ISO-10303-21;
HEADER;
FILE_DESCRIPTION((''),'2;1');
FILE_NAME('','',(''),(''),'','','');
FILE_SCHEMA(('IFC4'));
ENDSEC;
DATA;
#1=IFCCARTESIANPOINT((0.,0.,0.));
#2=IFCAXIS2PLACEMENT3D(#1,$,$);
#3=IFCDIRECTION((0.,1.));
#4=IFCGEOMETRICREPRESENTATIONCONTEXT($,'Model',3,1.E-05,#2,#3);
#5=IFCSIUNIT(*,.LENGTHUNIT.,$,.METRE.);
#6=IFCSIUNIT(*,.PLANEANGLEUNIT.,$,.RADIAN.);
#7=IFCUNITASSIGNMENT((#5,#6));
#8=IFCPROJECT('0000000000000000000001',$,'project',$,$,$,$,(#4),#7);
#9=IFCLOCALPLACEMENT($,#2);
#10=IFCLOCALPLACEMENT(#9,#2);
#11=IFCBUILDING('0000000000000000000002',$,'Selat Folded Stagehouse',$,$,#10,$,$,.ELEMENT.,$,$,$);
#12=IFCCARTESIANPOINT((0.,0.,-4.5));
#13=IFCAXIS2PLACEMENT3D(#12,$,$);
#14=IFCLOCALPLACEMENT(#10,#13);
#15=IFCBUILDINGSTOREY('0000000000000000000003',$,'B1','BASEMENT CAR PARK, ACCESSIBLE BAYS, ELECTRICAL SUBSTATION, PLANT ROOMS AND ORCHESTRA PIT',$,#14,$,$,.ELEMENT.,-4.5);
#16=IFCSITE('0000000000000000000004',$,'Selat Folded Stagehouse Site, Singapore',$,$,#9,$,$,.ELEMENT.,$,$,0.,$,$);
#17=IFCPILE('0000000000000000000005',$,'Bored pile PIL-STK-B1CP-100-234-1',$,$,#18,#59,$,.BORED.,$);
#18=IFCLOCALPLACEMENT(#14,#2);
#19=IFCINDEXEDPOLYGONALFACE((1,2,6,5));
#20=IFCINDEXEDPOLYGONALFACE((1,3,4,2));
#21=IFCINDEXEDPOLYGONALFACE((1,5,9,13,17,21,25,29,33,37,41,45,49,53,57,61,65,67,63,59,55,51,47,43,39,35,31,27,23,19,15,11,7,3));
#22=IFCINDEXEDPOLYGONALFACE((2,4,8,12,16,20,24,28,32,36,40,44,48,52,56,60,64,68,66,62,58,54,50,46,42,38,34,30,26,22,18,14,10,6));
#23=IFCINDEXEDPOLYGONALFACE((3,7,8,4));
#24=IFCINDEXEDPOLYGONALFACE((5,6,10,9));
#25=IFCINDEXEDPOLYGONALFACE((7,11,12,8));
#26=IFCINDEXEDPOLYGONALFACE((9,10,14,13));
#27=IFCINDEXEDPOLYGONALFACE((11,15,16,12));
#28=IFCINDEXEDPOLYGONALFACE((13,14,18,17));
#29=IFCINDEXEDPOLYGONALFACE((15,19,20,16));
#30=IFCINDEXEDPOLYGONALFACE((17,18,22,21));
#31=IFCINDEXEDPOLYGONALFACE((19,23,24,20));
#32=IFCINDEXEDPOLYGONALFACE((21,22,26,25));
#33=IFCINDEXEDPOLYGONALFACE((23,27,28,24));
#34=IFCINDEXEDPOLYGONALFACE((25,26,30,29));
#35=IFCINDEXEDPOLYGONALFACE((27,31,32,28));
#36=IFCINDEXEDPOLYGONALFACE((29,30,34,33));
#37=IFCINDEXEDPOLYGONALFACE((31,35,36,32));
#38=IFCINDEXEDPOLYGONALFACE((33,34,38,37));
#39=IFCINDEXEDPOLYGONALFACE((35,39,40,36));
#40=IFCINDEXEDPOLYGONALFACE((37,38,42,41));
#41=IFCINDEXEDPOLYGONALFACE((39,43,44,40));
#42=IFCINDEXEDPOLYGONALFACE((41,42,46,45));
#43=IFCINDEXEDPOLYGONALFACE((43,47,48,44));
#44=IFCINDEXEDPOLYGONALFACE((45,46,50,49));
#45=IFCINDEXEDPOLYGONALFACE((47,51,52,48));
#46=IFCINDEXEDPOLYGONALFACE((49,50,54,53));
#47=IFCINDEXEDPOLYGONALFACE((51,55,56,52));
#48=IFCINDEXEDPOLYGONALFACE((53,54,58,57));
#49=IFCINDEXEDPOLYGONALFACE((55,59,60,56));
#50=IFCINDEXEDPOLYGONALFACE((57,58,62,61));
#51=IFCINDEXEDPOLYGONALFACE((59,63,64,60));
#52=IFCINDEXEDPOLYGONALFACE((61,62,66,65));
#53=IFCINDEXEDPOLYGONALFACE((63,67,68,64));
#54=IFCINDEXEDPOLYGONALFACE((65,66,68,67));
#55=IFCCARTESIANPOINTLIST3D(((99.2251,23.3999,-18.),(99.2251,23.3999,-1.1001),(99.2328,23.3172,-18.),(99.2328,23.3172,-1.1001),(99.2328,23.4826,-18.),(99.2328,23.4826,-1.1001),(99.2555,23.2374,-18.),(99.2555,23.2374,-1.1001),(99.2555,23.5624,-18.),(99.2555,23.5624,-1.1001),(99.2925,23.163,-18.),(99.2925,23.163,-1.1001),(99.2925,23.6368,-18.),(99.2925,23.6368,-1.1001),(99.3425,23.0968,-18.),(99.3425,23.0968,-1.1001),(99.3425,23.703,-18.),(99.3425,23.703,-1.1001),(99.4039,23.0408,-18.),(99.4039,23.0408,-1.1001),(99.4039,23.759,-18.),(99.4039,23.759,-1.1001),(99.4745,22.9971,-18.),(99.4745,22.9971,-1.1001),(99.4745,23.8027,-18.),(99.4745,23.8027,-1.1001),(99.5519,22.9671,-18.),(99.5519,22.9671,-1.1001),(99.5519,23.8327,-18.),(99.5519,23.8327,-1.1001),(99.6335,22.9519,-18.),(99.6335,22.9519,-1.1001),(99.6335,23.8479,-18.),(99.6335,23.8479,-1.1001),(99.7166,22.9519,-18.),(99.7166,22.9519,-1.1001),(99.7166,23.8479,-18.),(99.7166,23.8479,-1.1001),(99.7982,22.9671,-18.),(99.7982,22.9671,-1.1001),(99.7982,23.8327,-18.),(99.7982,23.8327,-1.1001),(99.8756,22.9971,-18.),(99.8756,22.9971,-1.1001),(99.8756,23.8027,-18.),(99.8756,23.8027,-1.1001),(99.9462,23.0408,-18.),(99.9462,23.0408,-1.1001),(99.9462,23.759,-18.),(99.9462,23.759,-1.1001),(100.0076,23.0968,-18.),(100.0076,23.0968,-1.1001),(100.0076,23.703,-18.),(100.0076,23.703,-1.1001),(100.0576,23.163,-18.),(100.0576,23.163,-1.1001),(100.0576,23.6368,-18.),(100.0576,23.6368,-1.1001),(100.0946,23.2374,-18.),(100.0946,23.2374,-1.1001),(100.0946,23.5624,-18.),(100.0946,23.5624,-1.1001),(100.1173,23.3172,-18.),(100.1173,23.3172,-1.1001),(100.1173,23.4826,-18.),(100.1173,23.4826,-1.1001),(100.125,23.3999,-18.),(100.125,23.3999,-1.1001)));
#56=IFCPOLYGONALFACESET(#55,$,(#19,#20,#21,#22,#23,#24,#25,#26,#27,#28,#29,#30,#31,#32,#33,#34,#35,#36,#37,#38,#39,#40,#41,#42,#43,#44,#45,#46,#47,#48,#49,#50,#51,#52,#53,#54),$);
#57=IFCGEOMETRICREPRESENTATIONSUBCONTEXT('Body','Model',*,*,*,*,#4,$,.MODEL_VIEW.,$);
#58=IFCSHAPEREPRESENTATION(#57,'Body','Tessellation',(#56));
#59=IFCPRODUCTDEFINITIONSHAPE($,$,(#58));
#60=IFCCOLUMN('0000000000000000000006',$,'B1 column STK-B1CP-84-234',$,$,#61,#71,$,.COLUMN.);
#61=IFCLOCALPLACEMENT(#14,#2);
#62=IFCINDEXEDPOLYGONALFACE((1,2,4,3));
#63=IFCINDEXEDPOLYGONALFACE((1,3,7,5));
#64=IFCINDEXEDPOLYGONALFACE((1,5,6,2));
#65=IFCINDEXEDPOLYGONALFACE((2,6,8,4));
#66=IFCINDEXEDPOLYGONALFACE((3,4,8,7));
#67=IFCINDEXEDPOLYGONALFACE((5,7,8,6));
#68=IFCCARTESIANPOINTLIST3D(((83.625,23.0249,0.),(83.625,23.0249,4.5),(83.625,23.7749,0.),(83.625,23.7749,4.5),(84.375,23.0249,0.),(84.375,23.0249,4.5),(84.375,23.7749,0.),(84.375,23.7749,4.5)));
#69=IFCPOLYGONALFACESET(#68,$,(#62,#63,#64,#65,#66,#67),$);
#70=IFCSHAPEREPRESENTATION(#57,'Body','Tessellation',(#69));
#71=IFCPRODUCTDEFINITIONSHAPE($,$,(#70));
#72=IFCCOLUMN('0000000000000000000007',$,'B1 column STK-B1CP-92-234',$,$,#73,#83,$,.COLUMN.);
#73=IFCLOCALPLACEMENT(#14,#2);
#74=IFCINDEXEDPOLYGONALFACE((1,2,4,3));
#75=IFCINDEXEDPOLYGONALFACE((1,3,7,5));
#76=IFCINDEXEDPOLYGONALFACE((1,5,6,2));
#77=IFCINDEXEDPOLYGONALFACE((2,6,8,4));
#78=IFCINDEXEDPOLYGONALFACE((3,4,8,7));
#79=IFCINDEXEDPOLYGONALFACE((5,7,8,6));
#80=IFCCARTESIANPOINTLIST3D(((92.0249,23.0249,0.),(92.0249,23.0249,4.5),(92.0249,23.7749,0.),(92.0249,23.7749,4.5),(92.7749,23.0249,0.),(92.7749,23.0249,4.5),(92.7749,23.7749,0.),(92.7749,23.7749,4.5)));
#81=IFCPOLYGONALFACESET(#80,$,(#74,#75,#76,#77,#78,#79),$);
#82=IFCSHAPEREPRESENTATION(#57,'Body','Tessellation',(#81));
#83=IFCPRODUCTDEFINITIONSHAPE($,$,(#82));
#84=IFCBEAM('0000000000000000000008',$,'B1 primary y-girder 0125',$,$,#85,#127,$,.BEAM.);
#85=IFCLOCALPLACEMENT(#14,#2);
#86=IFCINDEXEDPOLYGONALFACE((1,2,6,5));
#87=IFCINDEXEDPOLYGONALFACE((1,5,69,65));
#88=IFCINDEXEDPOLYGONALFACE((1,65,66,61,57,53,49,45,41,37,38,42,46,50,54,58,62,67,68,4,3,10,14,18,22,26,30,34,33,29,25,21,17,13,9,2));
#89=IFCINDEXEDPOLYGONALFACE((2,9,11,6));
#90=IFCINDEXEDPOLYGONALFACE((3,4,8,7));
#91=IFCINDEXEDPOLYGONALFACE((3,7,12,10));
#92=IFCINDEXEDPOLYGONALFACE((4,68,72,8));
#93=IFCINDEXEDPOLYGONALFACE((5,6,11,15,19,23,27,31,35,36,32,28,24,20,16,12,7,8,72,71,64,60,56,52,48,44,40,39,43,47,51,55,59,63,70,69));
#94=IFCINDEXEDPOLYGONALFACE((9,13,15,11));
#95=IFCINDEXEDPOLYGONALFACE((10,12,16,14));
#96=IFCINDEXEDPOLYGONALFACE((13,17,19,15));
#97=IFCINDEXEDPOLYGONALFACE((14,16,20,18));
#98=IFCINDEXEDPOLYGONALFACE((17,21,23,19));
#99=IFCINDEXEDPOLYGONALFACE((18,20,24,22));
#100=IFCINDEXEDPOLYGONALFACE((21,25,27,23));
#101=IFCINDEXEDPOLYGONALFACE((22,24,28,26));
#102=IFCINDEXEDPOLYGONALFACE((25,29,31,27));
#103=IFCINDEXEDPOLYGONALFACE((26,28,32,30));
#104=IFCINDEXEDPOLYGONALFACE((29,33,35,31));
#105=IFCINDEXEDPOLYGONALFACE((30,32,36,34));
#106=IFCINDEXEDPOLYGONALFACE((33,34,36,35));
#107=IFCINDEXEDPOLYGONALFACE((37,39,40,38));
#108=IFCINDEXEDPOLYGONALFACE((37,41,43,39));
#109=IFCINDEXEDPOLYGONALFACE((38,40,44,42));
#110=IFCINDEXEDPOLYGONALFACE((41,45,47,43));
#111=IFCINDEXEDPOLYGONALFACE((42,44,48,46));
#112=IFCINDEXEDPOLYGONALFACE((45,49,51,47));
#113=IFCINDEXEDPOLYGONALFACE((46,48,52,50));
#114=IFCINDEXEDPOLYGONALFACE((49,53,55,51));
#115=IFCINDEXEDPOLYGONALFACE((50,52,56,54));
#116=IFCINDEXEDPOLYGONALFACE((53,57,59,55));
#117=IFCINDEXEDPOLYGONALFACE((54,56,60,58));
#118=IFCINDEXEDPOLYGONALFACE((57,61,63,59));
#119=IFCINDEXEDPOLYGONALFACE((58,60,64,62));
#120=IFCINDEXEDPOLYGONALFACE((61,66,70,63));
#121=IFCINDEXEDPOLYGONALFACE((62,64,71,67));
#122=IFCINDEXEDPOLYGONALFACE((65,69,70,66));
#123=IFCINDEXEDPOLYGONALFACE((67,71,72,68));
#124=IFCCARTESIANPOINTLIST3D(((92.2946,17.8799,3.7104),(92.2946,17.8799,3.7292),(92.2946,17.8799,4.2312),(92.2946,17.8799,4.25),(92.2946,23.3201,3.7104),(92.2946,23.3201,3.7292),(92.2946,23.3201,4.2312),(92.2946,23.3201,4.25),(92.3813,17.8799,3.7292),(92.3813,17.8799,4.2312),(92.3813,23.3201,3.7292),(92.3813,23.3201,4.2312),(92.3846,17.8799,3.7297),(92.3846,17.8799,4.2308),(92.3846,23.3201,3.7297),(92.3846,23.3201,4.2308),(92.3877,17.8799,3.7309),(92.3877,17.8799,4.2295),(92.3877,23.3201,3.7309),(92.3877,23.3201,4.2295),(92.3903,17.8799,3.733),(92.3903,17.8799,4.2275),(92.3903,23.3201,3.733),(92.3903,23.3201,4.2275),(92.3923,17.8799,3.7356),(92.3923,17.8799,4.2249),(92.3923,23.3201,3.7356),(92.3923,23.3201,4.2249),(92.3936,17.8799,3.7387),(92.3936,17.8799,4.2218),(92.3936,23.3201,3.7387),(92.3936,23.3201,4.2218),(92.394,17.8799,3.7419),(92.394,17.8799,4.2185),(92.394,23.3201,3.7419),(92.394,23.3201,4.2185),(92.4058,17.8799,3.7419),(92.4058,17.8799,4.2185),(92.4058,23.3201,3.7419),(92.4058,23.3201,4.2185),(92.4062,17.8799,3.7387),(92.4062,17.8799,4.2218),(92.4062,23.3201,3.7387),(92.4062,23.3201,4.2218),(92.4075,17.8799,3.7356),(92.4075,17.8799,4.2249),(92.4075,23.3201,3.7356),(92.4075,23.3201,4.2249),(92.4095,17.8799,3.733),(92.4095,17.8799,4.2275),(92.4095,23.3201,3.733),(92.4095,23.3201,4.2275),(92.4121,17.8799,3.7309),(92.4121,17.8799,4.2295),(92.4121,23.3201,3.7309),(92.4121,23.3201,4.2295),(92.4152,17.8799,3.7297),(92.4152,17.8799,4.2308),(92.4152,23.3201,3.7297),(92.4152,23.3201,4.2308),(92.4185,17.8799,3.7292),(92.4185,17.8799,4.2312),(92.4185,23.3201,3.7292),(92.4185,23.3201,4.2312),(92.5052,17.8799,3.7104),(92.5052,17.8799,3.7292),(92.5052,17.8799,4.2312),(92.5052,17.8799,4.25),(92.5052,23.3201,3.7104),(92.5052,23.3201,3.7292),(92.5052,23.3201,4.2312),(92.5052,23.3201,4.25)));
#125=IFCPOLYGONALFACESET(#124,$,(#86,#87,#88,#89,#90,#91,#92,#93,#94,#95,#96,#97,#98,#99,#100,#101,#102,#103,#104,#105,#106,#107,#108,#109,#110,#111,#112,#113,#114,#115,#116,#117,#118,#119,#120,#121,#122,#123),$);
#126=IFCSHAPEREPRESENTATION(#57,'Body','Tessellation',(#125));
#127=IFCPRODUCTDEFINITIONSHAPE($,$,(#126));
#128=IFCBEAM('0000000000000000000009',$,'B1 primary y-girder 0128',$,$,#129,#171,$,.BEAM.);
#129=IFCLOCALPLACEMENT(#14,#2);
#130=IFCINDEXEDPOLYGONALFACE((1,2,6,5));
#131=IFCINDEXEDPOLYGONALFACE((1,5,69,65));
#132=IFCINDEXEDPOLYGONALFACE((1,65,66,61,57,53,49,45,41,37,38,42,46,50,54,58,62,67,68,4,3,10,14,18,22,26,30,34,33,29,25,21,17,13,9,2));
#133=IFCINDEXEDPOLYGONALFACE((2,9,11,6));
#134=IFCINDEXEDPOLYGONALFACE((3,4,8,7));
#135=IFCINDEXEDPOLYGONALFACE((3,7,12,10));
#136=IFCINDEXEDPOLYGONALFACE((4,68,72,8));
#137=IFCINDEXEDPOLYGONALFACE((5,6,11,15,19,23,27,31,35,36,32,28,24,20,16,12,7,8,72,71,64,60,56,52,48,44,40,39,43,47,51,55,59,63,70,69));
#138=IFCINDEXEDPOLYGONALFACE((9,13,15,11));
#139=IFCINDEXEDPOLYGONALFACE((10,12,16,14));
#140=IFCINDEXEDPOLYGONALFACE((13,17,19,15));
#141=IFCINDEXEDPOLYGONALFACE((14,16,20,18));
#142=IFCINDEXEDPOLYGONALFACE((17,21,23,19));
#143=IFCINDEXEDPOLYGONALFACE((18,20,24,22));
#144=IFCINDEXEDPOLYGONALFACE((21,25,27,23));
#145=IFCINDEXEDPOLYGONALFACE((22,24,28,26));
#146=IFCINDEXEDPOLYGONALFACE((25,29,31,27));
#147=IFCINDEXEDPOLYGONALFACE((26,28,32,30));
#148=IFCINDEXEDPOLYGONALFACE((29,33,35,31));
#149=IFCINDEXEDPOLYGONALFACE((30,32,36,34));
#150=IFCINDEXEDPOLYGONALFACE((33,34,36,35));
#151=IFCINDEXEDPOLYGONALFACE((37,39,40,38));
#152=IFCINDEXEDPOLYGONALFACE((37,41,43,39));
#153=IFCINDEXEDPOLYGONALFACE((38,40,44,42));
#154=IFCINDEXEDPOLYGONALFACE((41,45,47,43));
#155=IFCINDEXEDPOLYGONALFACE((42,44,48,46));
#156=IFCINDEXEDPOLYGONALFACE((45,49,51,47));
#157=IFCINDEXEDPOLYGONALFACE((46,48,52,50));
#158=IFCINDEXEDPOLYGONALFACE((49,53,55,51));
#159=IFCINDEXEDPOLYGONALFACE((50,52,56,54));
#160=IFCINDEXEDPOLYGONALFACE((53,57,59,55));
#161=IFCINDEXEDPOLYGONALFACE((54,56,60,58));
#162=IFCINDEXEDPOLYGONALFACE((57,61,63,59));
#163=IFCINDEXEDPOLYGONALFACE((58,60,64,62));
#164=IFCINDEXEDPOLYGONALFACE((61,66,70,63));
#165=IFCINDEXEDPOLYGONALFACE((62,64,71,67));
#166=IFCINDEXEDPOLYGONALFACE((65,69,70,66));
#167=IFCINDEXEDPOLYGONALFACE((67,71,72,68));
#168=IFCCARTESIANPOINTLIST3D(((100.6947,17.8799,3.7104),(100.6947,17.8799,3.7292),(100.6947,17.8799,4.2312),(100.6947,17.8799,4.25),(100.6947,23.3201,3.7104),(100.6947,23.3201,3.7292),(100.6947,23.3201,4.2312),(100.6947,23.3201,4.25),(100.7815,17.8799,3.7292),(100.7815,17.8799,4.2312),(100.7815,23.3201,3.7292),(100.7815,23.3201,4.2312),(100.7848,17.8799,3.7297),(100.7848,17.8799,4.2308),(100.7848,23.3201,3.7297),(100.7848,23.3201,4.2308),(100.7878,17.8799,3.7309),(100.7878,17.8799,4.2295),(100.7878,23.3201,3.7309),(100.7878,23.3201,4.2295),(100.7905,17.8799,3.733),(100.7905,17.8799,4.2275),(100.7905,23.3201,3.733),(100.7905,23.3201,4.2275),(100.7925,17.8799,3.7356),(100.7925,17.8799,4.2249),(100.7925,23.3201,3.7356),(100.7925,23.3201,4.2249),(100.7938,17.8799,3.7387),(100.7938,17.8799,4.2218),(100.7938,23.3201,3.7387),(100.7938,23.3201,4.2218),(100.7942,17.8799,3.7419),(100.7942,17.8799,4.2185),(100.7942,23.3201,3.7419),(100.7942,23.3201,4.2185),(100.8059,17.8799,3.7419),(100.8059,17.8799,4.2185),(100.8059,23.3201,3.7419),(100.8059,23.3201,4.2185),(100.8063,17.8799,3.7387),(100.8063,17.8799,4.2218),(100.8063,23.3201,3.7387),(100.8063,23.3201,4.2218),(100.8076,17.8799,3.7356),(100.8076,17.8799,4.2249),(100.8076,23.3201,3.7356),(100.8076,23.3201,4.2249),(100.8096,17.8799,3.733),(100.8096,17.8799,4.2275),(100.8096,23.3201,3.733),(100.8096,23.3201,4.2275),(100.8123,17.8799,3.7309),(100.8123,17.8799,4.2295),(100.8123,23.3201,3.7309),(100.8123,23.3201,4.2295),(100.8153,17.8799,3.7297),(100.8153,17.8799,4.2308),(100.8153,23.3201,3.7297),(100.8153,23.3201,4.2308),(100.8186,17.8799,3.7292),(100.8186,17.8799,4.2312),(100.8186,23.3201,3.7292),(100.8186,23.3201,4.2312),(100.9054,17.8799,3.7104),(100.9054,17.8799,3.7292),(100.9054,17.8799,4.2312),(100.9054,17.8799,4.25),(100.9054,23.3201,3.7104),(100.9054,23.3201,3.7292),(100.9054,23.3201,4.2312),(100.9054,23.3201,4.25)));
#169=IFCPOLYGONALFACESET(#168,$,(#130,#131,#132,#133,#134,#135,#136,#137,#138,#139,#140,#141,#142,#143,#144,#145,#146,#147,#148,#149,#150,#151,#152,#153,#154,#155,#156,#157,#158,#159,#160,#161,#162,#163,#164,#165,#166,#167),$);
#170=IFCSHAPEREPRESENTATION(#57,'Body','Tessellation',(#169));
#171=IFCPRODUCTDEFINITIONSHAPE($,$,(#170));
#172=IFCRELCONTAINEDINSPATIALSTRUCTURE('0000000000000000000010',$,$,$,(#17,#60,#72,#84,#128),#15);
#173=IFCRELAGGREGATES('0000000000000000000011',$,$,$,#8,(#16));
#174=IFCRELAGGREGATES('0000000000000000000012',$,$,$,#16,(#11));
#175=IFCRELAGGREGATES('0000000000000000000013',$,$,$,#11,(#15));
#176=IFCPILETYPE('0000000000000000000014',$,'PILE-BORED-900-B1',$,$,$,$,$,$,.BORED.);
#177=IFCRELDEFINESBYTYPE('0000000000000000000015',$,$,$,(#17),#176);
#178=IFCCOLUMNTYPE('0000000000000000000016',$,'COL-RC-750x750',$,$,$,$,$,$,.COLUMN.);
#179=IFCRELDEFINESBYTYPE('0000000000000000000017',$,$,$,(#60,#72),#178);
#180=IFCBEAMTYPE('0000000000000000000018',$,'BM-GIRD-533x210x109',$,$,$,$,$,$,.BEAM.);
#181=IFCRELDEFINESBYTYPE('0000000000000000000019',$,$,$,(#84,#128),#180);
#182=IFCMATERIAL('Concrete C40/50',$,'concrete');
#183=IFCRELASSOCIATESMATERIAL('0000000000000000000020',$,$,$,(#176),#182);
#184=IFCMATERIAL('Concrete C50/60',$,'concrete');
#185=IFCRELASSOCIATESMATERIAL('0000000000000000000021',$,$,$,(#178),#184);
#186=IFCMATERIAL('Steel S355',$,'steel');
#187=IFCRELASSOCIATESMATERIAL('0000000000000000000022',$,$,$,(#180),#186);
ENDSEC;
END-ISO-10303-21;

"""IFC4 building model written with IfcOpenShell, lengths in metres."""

from ifc_helpers import new_model, si_unit, direction, frame, origin, origin_2d, place, context, subcontext, project, spatial, rectangle, circle, i_section, extrude, material, material_profile, profile_set, type_object, element, save


model = new_model("IFC4")

# Units and contexts
model_context = context("Model", 3, precision=1e-05, world=origin(), true_north=direction((0.0, 1.0)))
body_context = subcontext(model_context, "Body", "Model", "MODEL_VIEW")
ifc_project = project(units=[si_unit("LENGTHUNIT", "METRE"), si_unit("PLANEANGLEUNIT", "RADIAN")], contexts=[model_context])

# Site, building, storey
site_placement = place(None, origin())
site = spatial("IfcSite", under=ifc_project, at=site_placement, Name="Selat Folded Stagehouse Site, Singapore", CompositionType="ELEMENT", RefElevation=0.0)
building_placement = place(site_placement, origin())
building = spatial("IfcBuilding", under=site, at=building_placement, Name="Selat Folded Stagehouse", CompositionType="ELEMENT")
storey_placement = place(building_placement, frame((0.0, 0.0, -4.5)))
storey = spatial("IfcBuildingStorey", under=building, at=storey_placement, Name="B1", Description="BASEMENT CAR PARK, ACCESSIBLE BAYS, ELECTRICAL SUBSTATION, PLANT ROOMS AND ORCHESTRA PIT", CompositionType="ELEMENT", Elevation=-4.5)

# Shared definitions
ifc_material_1 = material(Name="Concrete C40/50", Category="concrete")

# Pile
ifc_material_profile_1 = material_profile(ifc_material_1, circle(Radius=0.45, at=origin_2d()), Name="PILE D900")
ifc_profile_set_1 = profile_set([ifc_material_profile_1], Name="Concrete C40/50")
pile_type = type_object("IfcPileType", Name="PILE-BORED-900-B1", PredefinedType="BORED", material=ifc_profile_set_1)
for number, where, z_axis, x_axis, name in (
    (1, (99.675, 23.3999, -1.1001), (0.0, 0.0, -1.0), (1.0, 0.0, 0.0), "Bored pile PIL-STK-B1CP-100-234-1"),
):
    element("IfcPile", number, at=place(storey_placement, frame(where, z_axis=z_axis, x_axis=x_axis)), inside=storey, type_object=pile_type, Name=name, PredefinedType="BORED", context=body_context, shape_type="SweptSolid", body=[
        extrude(circle(Radius=0.45, at=origin_2d()), origin(), (0.0, 0.0, 1.0), 16.8999),
    ])

# Columns
ifc_material_2 = material(Name="Concrete C50/60", Category="concrete")
ifc_material_profile_2 = material_profile(ifc_material_2, rectangle(XDim=0.75, YDim=0.75, at=origin_2d()), Name="RC 750x750")
ifc_profile_set_2 = profile_set([ifc_material_profile_2], Name="Concrete C50/60")
column_type = type_object("IfcColumnType", Name="COL-RC-750x750", PredefinedType="COLUMN", material=ifc_profile_set_2)
for number, where, z_axis, x_axis, name in (
    (2, (84.0, 23.3999, 0.0), (0.0, 0.0, 1.0), (1.0, 0.0, 0.0), "B1 column STK-B1CP-84-234"),
    (3, (92.3999, 23.3999, 0.0), (0.0, 0.0, 1.0), (1.0, 0.0, 0.0), "B1 column STK-B1CP-92-234"),
):
    element("IfcColumn", number, at=place(storey_placement, frame(where, z_axis=z_axis, x_axis=x_axis)), inside=storey, type_object=column_type, Name=name, PredefinedType="COLUMN", context=body_context, shape_type="SweptSolid", body=[
        extrude(rectangle(XDim=0.75, YDim=0.75, at=origin_2d()), origin(), (0.0, 0.0, 1.0), 4.5),
    ])

# Beams
ifc_material_3 = material(Name="Steel S355", Category="steel")
ifc_material_profile_3 = material_profile(ifc_material_3, i_section(OverallWidth=0.2107, OverallDepth=0.5396, WebThickness=0.0117, FlangeThickness=0.0188, FilletRadius=0.0127, at=origin_2d()), Name="UKB 533x210x109")
ifc_profile_set_3 = profile_set([ifc_material_profile_3], Name="Steel S355")
beam_type_1 = type_object("IfcBeamType", Name="BM-GIRD-533x210x109", PredefinedType="BEAM", material=ifc_profile_set_3)
for number, where, z_axis, x_axis, name in (
    (4, (92.3999, 17.8799, 3.9802), (0.0, 1.0, 0.0), (-1.0, 0.0, 0.0), "B1 primary y-girder 0125"),
    (5, (100.8, 17.8799, 3.9802), (0.0, 1.0, 0.0), (-1.0, 0.0, 0.0), "B1 primary y-girder 0128"),
):
    element("IfcBeam", number, at=place(storey_placement, frame(where, z_axis=z_axis, x_axis=x_axis)), inside=storey, type_object=beam_type_1, Name=name, PredefinedType="BEAM", context=body_context, shape_type="SweptSolid", body=[
        extrude(i_section(OverallWidth=0.2107, OverallDepth=0.5396, WebThickness=0.0117, FlangeThickness=0.0188, FilletRadius=0.0127, at=origin_2d()), origin(), (0.0, 0.0, 1.0), 5.4402),
    ])

save(model, "model.ifc")
